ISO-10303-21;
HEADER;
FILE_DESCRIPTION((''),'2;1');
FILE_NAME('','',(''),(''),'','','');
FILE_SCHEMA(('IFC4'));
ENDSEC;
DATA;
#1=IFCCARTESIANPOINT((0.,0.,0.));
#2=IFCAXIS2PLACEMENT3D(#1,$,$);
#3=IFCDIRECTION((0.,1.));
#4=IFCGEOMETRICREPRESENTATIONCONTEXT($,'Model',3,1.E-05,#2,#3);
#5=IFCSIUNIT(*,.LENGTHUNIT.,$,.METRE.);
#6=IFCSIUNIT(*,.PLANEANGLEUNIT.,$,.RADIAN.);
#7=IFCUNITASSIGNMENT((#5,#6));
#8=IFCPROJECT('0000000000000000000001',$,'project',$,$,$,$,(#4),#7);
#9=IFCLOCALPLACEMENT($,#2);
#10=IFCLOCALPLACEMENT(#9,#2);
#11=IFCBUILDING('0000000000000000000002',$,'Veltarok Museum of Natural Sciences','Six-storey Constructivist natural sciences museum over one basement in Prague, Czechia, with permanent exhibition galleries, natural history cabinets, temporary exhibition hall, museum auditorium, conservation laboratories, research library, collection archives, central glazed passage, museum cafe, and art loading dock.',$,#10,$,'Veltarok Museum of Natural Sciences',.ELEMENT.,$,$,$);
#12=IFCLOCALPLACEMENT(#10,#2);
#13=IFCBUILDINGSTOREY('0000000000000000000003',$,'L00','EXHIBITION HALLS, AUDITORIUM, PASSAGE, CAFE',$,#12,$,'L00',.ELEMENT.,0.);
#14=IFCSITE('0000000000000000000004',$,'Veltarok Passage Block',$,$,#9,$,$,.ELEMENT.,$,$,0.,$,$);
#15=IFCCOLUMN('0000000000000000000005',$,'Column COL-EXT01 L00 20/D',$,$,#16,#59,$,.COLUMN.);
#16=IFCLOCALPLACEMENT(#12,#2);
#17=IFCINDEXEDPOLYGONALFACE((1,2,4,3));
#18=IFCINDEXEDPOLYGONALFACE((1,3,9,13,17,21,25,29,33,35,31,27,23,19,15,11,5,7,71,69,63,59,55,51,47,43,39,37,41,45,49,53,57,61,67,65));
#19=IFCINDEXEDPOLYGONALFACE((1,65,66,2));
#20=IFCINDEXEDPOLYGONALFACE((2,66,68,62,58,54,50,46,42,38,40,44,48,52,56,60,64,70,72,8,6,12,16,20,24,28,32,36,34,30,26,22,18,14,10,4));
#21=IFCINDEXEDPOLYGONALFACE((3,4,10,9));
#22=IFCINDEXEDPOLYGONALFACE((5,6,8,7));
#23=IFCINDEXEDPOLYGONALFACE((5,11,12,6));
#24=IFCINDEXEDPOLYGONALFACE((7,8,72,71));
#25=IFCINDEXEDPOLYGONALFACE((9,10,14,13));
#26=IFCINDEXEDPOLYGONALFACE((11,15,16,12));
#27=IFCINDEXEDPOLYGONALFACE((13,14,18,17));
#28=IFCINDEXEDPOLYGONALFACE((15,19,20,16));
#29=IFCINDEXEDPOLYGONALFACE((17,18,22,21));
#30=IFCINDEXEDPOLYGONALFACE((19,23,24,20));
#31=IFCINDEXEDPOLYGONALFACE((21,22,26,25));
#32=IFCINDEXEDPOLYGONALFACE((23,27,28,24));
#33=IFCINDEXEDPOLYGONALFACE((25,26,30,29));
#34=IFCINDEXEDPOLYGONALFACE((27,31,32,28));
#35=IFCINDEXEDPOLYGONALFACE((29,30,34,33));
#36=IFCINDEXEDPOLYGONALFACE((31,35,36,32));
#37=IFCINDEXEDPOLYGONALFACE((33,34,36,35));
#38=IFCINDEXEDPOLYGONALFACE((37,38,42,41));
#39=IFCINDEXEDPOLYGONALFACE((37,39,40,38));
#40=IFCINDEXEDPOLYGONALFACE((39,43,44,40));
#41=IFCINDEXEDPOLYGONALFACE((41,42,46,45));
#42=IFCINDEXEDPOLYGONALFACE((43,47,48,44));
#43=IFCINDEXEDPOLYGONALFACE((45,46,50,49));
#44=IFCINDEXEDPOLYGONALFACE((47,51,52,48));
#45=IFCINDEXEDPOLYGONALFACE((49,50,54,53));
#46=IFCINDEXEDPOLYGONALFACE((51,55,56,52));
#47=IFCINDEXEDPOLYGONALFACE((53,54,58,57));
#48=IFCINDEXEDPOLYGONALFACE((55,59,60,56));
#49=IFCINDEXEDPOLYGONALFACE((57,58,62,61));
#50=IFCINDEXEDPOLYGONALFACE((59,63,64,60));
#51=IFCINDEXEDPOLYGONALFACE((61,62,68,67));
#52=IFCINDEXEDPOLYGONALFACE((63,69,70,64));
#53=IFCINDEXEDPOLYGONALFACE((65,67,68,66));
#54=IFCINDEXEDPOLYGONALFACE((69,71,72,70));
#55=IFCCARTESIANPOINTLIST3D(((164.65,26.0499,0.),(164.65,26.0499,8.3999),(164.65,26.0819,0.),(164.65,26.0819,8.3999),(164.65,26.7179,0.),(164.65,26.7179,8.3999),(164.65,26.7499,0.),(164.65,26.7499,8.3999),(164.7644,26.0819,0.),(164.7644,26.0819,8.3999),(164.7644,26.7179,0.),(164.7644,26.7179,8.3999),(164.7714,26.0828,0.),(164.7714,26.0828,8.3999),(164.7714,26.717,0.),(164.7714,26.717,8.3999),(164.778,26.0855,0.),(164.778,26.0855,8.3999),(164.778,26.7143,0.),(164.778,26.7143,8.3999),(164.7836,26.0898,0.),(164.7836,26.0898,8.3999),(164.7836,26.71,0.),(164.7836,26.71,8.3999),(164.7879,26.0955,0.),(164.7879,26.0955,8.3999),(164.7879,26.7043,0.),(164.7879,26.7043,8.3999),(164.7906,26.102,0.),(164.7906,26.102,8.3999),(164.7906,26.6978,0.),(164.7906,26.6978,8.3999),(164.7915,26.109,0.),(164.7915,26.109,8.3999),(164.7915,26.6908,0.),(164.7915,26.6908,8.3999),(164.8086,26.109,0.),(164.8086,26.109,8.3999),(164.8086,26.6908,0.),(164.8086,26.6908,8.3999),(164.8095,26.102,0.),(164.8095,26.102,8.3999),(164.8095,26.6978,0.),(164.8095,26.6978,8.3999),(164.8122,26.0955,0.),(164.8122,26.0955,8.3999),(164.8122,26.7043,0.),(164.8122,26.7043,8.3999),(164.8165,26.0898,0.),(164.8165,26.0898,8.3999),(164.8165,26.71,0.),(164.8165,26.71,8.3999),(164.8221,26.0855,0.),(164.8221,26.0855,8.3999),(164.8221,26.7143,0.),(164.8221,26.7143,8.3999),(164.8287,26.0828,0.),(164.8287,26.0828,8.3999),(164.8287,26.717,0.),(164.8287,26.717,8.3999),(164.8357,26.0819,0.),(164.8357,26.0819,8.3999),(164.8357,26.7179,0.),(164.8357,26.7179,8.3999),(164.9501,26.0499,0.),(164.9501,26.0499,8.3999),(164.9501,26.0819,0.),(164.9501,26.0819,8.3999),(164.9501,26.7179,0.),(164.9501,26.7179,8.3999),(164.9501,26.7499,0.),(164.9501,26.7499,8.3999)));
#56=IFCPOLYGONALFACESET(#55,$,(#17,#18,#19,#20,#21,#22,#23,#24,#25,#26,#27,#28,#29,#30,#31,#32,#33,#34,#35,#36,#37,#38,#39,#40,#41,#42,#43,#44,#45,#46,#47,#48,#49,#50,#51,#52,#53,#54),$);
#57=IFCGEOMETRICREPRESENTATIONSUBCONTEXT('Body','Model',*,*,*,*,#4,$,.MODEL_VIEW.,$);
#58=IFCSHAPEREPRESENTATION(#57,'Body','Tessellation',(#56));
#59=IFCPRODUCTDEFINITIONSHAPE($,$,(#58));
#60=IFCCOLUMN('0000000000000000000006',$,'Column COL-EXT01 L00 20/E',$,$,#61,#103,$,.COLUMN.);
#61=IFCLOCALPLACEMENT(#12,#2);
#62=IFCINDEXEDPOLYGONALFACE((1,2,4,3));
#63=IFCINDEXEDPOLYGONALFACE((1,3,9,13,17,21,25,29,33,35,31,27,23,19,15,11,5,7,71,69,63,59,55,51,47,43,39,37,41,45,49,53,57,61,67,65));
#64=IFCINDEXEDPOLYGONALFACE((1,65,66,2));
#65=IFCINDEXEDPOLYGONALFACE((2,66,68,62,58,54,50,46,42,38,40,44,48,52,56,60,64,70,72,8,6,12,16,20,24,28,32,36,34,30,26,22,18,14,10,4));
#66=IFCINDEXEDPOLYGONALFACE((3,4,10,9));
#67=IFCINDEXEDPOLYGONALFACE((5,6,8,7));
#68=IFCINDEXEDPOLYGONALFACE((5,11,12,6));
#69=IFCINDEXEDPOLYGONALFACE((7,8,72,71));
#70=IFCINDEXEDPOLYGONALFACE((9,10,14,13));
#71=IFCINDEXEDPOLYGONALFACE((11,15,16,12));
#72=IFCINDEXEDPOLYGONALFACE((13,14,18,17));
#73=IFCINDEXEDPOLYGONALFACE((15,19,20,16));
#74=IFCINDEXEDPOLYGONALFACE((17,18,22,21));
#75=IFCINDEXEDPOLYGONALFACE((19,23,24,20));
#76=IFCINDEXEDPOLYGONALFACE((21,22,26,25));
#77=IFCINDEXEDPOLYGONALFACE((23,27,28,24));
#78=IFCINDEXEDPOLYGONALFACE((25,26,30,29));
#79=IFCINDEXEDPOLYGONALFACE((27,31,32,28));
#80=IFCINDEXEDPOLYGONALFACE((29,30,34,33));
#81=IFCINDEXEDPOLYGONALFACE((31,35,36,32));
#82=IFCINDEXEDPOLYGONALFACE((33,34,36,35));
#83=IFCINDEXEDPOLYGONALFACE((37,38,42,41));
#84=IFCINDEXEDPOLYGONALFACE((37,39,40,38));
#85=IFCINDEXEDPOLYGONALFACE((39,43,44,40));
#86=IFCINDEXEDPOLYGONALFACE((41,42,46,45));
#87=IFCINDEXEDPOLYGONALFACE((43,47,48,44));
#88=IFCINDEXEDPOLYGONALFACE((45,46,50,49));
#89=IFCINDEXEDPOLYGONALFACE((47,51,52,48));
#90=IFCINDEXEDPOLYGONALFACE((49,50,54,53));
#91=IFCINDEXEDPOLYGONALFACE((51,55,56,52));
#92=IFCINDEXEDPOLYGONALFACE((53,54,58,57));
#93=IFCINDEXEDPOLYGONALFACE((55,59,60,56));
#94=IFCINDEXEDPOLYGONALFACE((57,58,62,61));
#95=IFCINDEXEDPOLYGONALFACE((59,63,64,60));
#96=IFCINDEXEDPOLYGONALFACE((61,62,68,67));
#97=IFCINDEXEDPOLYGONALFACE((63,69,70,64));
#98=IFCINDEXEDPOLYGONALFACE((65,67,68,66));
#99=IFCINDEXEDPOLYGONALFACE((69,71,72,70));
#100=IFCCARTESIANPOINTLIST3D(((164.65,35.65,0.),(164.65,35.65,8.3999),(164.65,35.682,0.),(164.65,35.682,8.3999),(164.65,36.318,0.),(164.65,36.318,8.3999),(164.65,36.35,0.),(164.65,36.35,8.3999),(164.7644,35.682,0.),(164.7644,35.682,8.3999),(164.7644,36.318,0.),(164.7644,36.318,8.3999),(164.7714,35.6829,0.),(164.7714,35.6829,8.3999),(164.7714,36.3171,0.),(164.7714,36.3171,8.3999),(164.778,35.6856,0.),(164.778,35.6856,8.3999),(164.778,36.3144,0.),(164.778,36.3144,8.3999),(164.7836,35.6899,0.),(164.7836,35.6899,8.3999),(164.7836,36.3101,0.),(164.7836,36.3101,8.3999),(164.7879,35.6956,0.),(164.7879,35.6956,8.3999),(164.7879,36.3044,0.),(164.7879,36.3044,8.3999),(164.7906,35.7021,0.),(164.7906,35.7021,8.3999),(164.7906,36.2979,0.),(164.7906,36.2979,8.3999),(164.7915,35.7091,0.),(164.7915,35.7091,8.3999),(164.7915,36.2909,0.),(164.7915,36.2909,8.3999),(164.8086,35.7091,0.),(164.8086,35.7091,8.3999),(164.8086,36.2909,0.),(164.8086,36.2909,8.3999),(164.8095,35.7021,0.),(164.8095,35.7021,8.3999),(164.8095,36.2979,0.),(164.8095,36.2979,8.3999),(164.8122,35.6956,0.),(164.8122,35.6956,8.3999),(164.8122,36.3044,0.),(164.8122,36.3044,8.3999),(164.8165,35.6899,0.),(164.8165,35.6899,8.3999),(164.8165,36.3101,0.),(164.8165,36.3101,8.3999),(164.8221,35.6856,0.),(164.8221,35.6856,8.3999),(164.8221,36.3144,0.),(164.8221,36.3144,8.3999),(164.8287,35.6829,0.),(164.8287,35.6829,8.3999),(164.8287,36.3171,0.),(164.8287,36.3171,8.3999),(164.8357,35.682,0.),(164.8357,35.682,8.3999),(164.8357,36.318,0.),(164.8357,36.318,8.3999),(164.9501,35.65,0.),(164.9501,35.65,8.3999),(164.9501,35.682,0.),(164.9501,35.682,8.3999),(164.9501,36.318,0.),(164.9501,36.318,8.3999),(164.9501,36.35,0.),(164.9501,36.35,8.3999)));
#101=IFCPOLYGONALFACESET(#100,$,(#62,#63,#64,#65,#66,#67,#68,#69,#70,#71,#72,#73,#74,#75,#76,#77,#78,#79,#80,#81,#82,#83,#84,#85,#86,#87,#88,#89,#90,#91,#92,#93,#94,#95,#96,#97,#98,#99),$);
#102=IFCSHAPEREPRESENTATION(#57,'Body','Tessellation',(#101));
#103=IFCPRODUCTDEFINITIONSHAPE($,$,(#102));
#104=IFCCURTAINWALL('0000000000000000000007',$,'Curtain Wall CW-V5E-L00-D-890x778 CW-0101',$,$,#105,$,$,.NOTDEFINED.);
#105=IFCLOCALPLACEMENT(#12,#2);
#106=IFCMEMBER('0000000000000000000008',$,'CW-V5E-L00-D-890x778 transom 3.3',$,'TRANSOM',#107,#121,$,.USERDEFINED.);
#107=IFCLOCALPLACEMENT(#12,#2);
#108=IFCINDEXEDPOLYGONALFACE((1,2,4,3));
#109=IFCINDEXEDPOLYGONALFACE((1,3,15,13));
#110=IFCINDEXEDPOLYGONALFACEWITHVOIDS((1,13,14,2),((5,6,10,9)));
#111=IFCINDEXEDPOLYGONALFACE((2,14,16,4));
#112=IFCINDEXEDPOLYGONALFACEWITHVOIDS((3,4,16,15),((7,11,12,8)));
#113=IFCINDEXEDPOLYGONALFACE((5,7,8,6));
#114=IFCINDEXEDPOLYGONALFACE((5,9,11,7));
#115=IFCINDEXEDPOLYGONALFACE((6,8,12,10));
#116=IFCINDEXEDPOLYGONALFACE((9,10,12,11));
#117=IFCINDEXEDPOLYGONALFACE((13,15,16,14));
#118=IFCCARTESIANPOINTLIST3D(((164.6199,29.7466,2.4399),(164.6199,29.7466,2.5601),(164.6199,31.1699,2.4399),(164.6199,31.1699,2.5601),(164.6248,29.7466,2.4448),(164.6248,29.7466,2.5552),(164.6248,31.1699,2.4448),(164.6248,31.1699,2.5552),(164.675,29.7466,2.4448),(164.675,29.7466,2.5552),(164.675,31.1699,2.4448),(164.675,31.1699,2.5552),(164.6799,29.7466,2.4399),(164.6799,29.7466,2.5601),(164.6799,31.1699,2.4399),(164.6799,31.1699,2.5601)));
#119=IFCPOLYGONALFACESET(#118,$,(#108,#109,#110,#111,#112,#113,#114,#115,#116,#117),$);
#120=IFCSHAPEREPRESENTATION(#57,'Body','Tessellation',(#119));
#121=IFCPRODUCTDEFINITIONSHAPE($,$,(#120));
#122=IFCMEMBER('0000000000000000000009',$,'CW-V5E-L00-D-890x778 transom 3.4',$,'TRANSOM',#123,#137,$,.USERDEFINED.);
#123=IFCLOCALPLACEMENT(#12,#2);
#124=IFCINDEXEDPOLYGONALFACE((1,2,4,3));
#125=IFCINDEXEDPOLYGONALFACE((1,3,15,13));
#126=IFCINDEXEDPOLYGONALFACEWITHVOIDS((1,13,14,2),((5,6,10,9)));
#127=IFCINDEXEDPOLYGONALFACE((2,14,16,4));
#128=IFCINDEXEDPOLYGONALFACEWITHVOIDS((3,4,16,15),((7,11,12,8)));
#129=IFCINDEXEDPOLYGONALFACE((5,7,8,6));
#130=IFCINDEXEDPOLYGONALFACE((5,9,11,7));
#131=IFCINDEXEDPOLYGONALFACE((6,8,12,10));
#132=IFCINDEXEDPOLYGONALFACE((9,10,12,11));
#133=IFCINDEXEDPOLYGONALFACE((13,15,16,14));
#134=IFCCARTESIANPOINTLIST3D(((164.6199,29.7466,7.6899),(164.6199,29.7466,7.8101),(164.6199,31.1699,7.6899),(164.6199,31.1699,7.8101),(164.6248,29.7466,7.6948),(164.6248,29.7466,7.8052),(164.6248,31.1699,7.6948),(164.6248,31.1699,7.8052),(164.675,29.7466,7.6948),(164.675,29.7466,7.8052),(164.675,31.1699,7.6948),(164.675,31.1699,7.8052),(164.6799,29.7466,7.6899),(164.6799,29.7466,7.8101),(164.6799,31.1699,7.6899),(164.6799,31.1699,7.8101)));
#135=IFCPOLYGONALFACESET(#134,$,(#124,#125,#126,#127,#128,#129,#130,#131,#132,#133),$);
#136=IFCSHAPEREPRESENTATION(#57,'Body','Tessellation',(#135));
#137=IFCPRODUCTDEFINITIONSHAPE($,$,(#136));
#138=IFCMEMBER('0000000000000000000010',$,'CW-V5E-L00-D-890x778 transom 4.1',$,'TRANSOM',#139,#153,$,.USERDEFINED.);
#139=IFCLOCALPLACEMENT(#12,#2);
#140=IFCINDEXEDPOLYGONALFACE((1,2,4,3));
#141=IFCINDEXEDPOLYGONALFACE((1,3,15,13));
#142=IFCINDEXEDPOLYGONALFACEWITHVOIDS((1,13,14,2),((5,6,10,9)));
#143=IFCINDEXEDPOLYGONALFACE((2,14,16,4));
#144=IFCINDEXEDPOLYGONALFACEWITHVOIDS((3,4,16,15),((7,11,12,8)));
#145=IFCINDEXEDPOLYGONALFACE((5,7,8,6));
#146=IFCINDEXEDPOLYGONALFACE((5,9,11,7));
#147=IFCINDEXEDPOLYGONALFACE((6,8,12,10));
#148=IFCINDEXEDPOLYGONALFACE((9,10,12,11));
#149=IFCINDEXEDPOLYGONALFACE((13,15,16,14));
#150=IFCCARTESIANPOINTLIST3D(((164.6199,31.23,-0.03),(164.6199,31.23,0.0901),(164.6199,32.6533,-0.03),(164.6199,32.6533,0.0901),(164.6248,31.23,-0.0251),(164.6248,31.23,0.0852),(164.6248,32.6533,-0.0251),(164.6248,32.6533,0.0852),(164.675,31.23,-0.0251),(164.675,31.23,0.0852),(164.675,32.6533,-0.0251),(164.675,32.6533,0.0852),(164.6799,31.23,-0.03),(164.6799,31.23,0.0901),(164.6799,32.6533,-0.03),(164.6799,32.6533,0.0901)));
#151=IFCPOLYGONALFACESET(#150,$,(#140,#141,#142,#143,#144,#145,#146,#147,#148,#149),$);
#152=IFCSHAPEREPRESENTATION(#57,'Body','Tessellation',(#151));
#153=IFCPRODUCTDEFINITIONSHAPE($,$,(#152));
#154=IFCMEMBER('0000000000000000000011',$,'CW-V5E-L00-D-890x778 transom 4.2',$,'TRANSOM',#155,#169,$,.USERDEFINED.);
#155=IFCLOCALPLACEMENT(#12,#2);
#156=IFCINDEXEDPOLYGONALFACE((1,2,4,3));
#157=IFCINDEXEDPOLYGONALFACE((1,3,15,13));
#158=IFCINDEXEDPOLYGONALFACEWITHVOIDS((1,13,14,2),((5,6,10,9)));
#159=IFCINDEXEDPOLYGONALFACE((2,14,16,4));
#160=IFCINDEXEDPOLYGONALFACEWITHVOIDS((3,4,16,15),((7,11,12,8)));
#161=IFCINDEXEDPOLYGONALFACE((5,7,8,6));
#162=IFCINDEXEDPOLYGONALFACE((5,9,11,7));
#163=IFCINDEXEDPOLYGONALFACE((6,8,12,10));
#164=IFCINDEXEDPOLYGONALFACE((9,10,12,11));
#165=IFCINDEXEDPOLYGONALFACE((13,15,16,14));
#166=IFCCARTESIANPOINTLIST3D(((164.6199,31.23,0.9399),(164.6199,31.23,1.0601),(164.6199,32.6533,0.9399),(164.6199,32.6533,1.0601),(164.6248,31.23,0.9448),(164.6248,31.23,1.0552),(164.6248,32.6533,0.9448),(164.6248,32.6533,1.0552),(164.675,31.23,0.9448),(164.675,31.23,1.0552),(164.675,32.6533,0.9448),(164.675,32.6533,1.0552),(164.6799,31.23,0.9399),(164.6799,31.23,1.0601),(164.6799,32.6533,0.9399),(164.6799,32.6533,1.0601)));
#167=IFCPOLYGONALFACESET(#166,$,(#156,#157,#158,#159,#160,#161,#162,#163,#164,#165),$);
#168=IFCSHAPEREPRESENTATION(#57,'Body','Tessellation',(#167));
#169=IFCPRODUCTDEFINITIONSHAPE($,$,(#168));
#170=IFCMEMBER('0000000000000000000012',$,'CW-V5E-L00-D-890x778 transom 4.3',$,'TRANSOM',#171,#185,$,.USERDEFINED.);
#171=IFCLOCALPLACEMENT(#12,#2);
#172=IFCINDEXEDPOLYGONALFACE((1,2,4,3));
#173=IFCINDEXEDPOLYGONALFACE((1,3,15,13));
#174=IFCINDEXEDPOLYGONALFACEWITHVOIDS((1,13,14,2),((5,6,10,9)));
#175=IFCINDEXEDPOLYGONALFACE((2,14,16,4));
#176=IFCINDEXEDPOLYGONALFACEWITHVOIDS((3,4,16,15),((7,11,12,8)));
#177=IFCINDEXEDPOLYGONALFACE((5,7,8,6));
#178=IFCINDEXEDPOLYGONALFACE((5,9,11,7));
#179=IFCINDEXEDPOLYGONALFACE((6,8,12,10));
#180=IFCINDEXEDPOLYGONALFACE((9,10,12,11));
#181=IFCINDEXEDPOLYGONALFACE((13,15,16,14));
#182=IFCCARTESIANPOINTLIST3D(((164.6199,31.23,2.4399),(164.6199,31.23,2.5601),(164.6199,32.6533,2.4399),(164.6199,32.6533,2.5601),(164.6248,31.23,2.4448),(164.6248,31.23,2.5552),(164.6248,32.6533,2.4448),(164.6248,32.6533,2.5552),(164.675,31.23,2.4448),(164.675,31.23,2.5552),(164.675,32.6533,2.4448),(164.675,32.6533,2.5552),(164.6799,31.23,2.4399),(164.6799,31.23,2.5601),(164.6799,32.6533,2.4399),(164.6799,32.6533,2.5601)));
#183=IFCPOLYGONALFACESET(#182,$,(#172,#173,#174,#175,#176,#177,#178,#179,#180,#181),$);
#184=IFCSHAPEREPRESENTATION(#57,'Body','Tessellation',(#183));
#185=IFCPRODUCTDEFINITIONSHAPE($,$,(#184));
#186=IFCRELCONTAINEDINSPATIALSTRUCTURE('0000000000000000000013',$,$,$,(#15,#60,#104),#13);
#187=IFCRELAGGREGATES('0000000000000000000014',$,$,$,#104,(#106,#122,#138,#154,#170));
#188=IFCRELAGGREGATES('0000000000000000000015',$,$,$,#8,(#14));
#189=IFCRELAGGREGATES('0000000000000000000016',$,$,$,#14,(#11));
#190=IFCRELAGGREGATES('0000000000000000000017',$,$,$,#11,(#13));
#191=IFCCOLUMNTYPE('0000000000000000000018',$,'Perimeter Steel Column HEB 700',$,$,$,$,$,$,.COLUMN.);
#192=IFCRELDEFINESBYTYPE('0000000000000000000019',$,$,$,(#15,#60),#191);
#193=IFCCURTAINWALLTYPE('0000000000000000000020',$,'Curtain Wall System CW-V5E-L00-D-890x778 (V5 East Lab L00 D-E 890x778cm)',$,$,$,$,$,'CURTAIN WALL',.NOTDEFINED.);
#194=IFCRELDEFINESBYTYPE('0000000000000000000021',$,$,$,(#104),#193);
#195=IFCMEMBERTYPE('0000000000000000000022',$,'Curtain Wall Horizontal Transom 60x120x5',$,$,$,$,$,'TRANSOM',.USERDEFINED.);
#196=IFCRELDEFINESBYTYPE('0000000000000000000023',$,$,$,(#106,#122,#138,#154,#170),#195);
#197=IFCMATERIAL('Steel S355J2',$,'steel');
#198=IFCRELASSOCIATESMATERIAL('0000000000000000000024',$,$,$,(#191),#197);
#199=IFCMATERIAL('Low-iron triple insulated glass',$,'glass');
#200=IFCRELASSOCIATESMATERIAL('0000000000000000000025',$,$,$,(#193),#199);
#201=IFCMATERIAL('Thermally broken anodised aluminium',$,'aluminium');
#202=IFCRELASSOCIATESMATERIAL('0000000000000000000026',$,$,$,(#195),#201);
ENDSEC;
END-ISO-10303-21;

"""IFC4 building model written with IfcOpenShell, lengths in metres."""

from ifc_helpers import new_model, si_unit, direction, frame, origin, origin_2d, place, context, subcontext, project, spatial, hollow_rectangle, i_section, extrude, material, material_profile, profile_set, type_object, element, aggregate, save


model = new_model("IFC4")

# Units and contexts
model_context = context("Model", 3, precision=1e-05, world=origin(), true_north=direction((0.0, 1.0)))
body_context = subcontext(model_context, "Body", "Model", "MODEL_VIEW")
ifc_project = project(units=[si_unit("LENGTHUNIT", "METRE"), si_unit("PLANEANGLEUNIT", "RADIAN")], contexts=[model_context])

# Site, building, storey
site_placement = place(None, origin())
site = spatial("IfcSite", under=ifc_project, at=site_placement, Name="Veltarok Passage Block", CompositionType="ELEMENT", RefElevation=0.0)
building_placement = place(site_placement, origin())
building = spatial("IfcBuilding", under=site, at=building_placement, Name="Veltarok Museum of Natural Sciences", Description="Six-storey Constructivist natural sciences museum over one basement in Prague, Czechia, with permanent exhibition galleries, natural history cabinets, temporary exhibition hall, museum auditorium, conservation laboratories, research library, collection archives, central glazed passage, museum cafe, and art loading dock.", LongName="Veltarok Museum of Natural Sciences", CompositionType="ELEMENT")
storey_placement = place(building_placement, origin())
storey = spatial("IfcBuildingStorey", under=building, at=storey_placement, Name="L00", Description="EXHIBITION HALLS, AUDITORIUM, PASSAGE, CAFE", LongName="L00", CompositionType="ELEMENT", Elevation=0.0)

# Columns
ifc_material_1 = material(Name="Steel S355J2", Category="steel")
ifc_material_profile_1 = material_profile(ifc_material_1, i_section(OverallWidth=0.3, OverallDepth=0.7, WebThickness=0.0171, FlangeThickness=0.032, FilletRadius=0.0271, at=origin_2d()), Name="HEB 700")
ifc_profile_set_1 = profile_set([ifc_material_profile_1], Name="Steel S355J2")
column_type = type_object("IfcColumnType", Name="Perimeter Steel Column HEB 700", PredefinedType="COLUMN", material=ifc_profile_set_1)
for number, where, z_axis, x_axis, name in (
    (1, (164.8, 26.3999, 0.0), (0.0, 0.0, 1.0), (1.0, 0.0, 0.0), "Column COL-EXT01 L00 20/D"),
    (2, (164.8, 36.0, 0.0), (0.0, 0.0, 1.0), (1.0, 0.0, 0.0), "Column COL-EXT01 L00 20/E"),
):
    element("IfcColumn", number, at=place(storey_placement, frame(where, z_axis=z_axis, x_axis=x_axis)), inside=storey, type_object=column_type, Name=name, PredefinedType="COLUMN", context=body_context, shape_type="SweptSolid", body=[
        extrude(i_section(OverallWidth=0.3, OverallDepth=0.7, WebThickness=0.0171, FlangeThickness=0.032, FilletRadius=0.0271, at=origin_2d()), origin(), (0.0, 0.0, 1.0), 8.3999),
    ])

# Curtain wall, members
ifc_material_2 = material(Name="Low-iron triple insulated glass", Category="glass")
curtain_wall_type = type_object("IfcCurtainWallType", Name="Curtain Wall System CW-V5E-L00-D-890x778 (V5 East Lab L00 D-E 890x778cm)", ElementType="CURTAIN WALL", PredefinedType="NOTDEFINED", material=ifc_material_2)
curtain_wall_placement = place(storey_placement, origin())
curtain_wall = element("IfcCurtainWall", 3, at=curtain_wall_placement, inside=storey, type_object=curtain_wall_type, Name="Curtain Wall CW-V5E-L00-D-890x778 CW-0101", PredefinedType="NOTDEFINED")
ifc_material_3 = material(Name="Thermally broken anodised aluminium", Category="aluminium")
ifc_material_profile_2 = material_profile(ifc_material_3, hollow_rectangle(XDim=0.0601, YDim=0.1201, WallThickness=0.0049, at=origin_2d()), Name="CW TRANSOM 60x120x5")
ifc_profile_set_2 = profile_set([ifc_material_profile_2], Name="Thermally broken anodised aluminium")
member_type_1 = type_object("IfcMemberType", Name="Curtain Wall Horizontal Transom 60x120x5", ElementType="TRANSOM", PredefinedType="USERDEFINED", material=ifc_profile_set_2)
member_1_placement = place(storey_placement, frame((164.6499, 29.7466, 2.5), z_axis=(0.0, 1.0, 0.0), x_axis=(-1.0, 0.0, 0.0)))
member_1 = element("IfcMember", 4, at=member_1_placement, type_object=member_type_1, Name="CW-V5E-L00-D-890x778 transom 3.3", ObjectType="TRANSOM", PredefinedType="USERDEFINED", context=body_context, shape_type="SweptSolid", body=[
    extrude(hollow_rectangle(XDim=0.0601, YDim=0.1201, WallThickness=0.0049, at=origin_2d()), origin(), (0.0, 0.0, 1.0), 1.4233),
])
member_2_placement = place(storey_placement, frame((164.6499, 29.7466, 7.75), z_axis=(0.0, 1.0, 0.0), x_axis=(-1.0, 0.0, 0.0)))
member_2 = element("IfcMember", 5, at=member_2_placement, type_object=member_type_1, Name="CW-V5E-L00-D-890x778 transom 3.4", ObjectType="TRANSOM", PredefinedType="USERDEFINED", context=body_context, shape_type="SweptSolid", body=[
    extrude(hollow_rectangle(XDim=0.0601, YDim=0.1201, WallThickness=0.0049, at=origin_2d()), origin(), (0.0, 0.0, 1.0), 1.4233),
])
member_3_placement = place(storey_placement, frame((164.6499, 31.23, 0.03), z_axis=(0.0, 1.0, 0.0), x_axis=(-1.0, 0.0, 0.0)))
member_3 = element("IfcMember", 6, at=member_3_placement, type_object=member_type_1, Name="CW-V5E-L00-D-890x778 transom 4.1", ObjectType="TRANSOM", PredefinedType="USERDEFINED", context=body_context, shape_type="SweptSolid", body=[
    extrude(hollow_rectangle(XDim=0.0601, YDim=0.1201, WallThickness=0.0049, at=origin_2d()), origin(), (0.0, 0.0, 1.0), 1.4233),
])
member_4_placement = place(storey_placement, frame((164.6499, 31.23, 1.0), z_axis=(0.0, 1.0, 0.0), x_axis=(-1.0, 0.0, 0.0)))
member_4 = element("IfcMember", 7, at=member_4_placement, type_object=member_type_1, Name="CW-V5E-L00-D-890x778 transom 4.2", ObjectType="TRANSOM", PredefinedType="USERDEFINED", context=body_context, shape_type="SweptSolid", body=[
    extrude(hollow_rectangle(XDim=0.0601, YDim=0.1201, WallThickness=0.0049, at=origin_2d()), origin(), (0.0, 0.0, 1.0), 1.4233),
])
member_5_placement = place(storey_placement, frame((164.6499, 31.23, 2.5), z_axis=(0.0, 1.0, 0.0), x_axis=(-1.0, 0.0, 0.0)))
member_5 = element("IfcMember", 8, at=member_5_placement, type_object=member_type_1, Name="CW-V5E-L00-D-890x778 transom 4.3", ObjectType="TRANSOM", PredefinedType="USERDEFINED", context=body_context, shape_type="SweptSolid", body=[
    extrude(hollow_rectangle(XDim=0.0601, YDim=0.1201, WallThickness=0.0049, at=origin_2d()), origin(), (0.0, 0.0, 1.0), 1.4233),
])

aggregate(curtain_wall, [member_1, member_2, member_3, member_4, member_5])

save(model, "model.ifc")
